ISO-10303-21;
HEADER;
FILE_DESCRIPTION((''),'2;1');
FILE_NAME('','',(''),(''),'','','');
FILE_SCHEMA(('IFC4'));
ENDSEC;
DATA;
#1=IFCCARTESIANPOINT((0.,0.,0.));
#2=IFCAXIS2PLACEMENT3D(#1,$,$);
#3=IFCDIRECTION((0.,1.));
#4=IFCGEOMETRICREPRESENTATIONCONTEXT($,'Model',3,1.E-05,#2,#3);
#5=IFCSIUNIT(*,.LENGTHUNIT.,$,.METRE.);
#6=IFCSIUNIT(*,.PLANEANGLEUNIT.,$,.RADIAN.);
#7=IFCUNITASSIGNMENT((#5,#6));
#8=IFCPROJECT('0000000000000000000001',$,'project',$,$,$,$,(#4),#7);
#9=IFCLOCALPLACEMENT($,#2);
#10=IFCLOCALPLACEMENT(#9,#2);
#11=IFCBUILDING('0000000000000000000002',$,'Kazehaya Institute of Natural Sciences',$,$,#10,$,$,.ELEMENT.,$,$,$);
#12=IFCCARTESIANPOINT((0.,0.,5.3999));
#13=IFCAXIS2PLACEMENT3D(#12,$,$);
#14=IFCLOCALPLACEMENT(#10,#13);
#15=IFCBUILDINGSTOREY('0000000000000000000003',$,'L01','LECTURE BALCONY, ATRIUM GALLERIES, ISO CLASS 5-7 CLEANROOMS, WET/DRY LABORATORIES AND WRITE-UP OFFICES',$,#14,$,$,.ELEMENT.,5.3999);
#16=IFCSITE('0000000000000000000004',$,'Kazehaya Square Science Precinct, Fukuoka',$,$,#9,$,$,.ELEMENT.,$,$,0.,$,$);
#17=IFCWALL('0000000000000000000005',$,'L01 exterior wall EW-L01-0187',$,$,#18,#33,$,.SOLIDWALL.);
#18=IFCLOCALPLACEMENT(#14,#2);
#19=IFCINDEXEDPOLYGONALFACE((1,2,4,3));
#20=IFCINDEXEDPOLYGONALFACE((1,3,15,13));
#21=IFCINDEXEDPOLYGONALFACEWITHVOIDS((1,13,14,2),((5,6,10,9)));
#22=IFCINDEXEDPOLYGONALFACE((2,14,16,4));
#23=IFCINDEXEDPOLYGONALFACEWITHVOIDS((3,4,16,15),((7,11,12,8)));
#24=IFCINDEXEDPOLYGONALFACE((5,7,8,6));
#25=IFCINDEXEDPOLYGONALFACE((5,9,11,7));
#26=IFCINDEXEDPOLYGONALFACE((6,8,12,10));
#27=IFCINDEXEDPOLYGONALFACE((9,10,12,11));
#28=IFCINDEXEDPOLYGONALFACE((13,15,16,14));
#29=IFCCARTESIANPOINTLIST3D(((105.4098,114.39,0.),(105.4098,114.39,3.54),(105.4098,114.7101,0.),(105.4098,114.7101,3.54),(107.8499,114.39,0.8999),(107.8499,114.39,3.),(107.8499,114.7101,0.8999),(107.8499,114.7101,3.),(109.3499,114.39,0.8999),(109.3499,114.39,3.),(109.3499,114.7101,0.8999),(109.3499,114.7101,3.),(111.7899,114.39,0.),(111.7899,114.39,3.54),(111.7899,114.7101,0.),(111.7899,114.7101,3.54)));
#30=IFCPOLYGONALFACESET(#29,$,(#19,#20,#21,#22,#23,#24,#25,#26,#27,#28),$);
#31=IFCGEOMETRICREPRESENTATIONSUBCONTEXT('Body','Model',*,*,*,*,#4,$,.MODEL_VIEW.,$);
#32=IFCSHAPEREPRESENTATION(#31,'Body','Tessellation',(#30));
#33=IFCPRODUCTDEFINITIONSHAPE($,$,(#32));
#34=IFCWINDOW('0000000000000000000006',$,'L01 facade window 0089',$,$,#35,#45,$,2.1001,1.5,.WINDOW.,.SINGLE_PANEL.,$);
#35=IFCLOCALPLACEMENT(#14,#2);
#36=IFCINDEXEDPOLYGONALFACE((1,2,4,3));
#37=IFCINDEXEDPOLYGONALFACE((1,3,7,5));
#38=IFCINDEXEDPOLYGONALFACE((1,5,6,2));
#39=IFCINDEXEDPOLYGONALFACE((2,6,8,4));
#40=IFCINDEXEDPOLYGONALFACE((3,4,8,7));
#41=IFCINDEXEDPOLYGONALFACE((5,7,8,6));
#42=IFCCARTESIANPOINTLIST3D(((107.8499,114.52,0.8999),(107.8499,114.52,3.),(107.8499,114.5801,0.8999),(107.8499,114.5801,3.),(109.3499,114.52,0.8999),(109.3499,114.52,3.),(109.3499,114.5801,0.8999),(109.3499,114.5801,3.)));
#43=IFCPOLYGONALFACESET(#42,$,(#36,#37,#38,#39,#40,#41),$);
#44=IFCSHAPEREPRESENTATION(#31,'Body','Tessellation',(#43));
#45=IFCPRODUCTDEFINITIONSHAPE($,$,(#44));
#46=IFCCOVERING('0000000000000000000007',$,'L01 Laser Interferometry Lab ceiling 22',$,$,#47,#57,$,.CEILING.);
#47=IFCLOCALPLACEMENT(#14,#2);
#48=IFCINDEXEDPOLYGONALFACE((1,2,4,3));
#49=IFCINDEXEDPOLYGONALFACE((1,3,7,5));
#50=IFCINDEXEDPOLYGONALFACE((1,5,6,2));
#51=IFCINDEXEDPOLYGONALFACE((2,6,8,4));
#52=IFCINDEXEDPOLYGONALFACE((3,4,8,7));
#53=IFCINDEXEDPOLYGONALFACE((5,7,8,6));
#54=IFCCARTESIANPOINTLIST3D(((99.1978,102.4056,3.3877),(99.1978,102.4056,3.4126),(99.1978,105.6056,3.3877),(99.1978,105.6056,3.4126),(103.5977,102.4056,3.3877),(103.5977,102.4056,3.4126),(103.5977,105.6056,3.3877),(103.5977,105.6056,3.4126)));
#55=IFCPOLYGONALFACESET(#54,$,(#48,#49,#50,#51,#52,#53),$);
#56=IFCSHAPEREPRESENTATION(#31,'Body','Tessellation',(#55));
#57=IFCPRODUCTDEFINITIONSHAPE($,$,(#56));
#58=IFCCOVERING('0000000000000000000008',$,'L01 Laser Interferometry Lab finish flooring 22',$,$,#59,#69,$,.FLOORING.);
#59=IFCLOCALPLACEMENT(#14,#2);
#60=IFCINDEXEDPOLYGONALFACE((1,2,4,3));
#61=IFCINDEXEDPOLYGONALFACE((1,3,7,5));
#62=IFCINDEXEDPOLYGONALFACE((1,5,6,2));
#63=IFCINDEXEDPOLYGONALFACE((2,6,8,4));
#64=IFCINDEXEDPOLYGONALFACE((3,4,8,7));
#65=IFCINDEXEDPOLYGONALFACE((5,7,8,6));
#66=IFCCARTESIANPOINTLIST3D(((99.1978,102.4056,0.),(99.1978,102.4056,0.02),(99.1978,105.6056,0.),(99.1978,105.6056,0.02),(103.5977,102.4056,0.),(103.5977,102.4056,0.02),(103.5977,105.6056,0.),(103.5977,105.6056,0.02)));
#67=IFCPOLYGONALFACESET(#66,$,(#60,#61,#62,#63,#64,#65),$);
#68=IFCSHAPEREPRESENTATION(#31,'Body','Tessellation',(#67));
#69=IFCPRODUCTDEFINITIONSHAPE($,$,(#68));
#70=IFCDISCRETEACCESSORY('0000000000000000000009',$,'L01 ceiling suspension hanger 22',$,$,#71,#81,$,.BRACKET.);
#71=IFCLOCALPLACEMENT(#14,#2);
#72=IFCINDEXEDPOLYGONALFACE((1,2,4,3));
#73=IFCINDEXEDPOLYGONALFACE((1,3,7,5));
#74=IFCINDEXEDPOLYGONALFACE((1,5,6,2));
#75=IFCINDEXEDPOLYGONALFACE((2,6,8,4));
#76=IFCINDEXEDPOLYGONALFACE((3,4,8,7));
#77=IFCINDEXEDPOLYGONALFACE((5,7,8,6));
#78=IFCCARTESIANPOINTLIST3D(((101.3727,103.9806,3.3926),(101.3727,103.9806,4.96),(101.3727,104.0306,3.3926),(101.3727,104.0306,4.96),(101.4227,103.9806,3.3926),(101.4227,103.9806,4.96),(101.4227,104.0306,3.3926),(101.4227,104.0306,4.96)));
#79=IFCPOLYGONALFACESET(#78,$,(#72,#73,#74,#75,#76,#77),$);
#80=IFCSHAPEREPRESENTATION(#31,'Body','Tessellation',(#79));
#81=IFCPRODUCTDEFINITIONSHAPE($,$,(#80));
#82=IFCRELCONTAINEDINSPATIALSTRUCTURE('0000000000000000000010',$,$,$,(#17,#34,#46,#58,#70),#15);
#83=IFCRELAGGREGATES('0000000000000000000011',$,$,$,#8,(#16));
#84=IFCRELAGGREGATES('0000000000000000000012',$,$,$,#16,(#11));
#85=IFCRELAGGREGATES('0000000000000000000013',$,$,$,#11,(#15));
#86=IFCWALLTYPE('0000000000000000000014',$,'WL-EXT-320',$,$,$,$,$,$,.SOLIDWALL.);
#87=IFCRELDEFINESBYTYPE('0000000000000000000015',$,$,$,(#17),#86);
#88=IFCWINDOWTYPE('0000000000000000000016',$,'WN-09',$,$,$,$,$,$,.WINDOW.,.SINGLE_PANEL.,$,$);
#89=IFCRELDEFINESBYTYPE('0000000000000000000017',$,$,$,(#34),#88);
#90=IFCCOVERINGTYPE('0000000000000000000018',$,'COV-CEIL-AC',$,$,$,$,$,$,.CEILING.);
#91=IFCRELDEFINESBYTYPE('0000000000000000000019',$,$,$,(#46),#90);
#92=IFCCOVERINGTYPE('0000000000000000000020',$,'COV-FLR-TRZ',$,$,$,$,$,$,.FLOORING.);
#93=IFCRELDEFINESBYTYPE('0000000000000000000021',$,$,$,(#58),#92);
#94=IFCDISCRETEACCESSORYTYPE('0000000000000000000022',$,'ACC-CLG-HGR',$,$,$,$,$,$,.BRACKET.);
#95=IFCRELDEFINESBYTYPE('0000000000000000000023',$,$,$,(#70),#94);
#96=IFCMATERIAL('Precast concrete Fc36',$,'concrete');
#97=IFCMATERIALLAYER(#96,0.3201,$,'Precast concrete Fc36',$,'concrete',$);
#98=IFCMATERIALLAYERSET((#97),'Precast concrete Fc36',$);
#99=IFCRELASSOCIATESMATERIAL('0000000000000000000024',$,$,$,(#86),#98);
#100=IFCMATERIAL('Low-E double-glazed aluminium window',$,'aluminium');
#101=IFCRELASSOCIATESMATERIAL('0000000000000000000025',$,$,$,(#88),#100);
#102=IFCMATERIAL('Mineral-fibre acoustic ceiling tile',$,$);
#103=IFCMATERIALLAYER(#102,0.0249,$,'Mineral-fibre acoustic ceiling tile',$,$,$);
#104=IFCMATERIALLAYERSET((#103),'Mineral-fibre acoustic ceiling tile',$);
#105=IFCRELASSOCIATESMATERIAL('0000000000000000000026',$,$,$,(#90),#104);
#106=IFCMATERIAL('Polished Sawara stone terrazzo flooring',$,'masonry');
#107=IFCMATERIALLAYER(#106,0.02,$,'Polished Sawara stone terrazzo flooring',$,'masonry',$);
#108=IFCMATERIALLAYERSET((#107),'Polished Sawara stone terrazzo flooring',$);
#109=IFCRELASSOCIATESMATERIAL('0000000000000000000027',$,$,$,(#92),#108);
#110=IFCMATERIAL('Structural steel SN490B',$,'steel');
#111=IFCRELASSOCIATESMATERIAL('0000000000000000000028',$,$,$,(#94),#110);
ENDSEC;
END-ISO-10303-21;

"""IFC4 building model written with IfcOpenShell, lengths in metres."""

from ifc_helpers import new_model, si_unit, direction, frame, frame_2d, origin, origin_2d, place, context, subcontext, project, spatial, rectangle, extrude, material, layer, layer_set, type_object, element, fill, save


model = new_model("IFC4")

# Units and contexts
model_context = context("Model", 3, precision=1e-05, world=origin(), true_north=direction((0.0, 1.0)))
body_context = subcontext(model_context, "Body", "Model", "MODEL_VIEW")
ifc_project = project(units=[si_unit("LENGTHUNIT", "METRE"), si_unit("PLANEANGLEUNIT", "RADIAN")], contexts=[model_context])

# Site, building, storey
site_placement = place(None, origin())
site = spatial("IfcSite", under=ifc_project, at=site_placement, Name="Kazehaya Square Science Precinct, Fukuoka", CompositionType="ELEMENT", RefElevation=0.0)
building_placement = place(site_placement, origin())
building = spatial("IfcBuilding", under=site, at=building_placement, Name="Kazehaya Institute of Natural Sciences", CompositionType="ELEMENT")
storey_placement = place(building_placement, frame((0.0, 0.0, 5.3999)))
storey = spatial("IfcBuildingStorey", under=building, at=storey_placement, Name="L01", Description="LECTURE BALCONY, ATRIUM GALLERIES, ISO CLASS 5-7 CLEANROOMS, WET/DRY LABORATORIES AND WRITE-UP OFFICES", CompositionType="ELEMENT", Elevation=5.3999)

# Wall, opening, window
ifc_material_1 = material(Name="Precast concrete Fc36", Category="concrete")
ifc_layer_1 = layer(ifc_material_1, 0.3201, Name="Precast concrete Fc36", Category="concrete")
ifc_layer_set_1 = layer_set([ifc_layer_1], Name="Precast concrete Fc36")
wall_type = type_object("IfcWallType", Name="WL-EXT-320", PredefinedType="SOLIDWALL", material=ifc_layer_set_1)
ifc_material_2 = material(Name="Low-E double-glazed aluminium window", Category="aluminium")
wall_1_placement = place(storey_placement, frame((105.4099, 114.55, 0.0), z_axis=(0.0, 0.0, 1.0), x_axis=(1.0, 0.0, 0.0)))
wall_1 = element("IfcWall", 1, at=wall_1_placement, inside=storey, type_object=wall_type, Name="L01 exterior wall EW-L01-0187", PredefinedType="SOLIDWALL", context=body_context, shape_type="SweptSolid", body=[
    extrude(rectangle(XDim=6.3801, YDim=0.3201, at=frame_2d((3.1899, 0.0))), origin(), (0.0, 0.0, 1.0), 3.54),
])
opening_1_placement = place(wall_1_placement, frame((2.4399, 0.0, 0.8999)))
opening_1 = element("IfcOpeningElement", 2, at=opening_1_placement, cuts=wall_1, PredefinedType="OPENING", context=body_context, shape_type="SweptSolid", body=[
    extrude(rectangle(XDim=1.5, YDim=2.1001, at=frame_2d((0.75, 1.05))), frame((0.0, 0.1699, 0.0), z_axis=(0.0, -1.0, 0.0), x_axis=(1.0, 0.0, 0.0)), (0.0, 0.0, 1.0), 0.3401),
])
window_type_1 = type_object("IfcWindowType", Name="WN-09", PartitioningType="SINGLE_PANEL", PredefinedType="WINDOW", material=ifc_material_2)
window_1_placement = place(opening_1_placement, origin())
window_1 = element("IfcWindow", 3, at=window_1_placement, inside=storey, type_object=window_type_1, Name="L01 facade window 0089", OverallHeight=2.1001, OverallWidth=1.5, PartitioningType="SINGLE_PANEL", PredefinedType="WINDOW", context=body_context, shape_type="SweptSolid", body=[
    extrude(rectangle(XDim=1.5, YDim=2.1001, at=frame_2d((0.75, 1.05))), frame((0.0, 0.03, 0.0), z_axis=(0.0, -1.0, 0.0), x_axis=(1.0, 0.0, 0.0)), (0.0, 0.0, 1.0), 0.0601),
])
fill(opening_1, window_1)

# Coverings
ifc_material_3 = material(Name="Mineral-fibre acoustic ceiling tile")
ifc_layer_2 = layer(ifc_material_3, 0.0249, Name="Mineral-fibre acoustic ceiling tile")
ifc_layer_set_2 = layer_set([ifc_layer_2], Name="Mineral-fibre acoustic ceiling tile")
covering_type_1 = type_object("IfcCoveringType", Name="COV-CEIL-AC", PredefinedType="CEILING", material=ifc_layer_set_2)
covering_1_placement = place(storey_placement, frame((101.3977, 104.0056, 3.3877), z_axis=(0.0, 0.0, 1.0), x_axis=(1.0, 0.0, 0.0)))
element("IfcCovering", 4, at=covering_1_placement, inside=storey, type_object=covering_type_1, Name="L01 Laser Interferometry Lab ceiling 22", PredefinedType="CEILING", context=body_context, shape_type="SweptSolid", body=[
    extrude(rectangle(XDim=4.3999, YDim=3.2, at=origin_2d()), origin(), (0.0, 0.0, 1.0), 0.0249),
])
ifc_material_4 = material(Name="Polished Sawara stone terrazzo flooring", Category="masonry")
ifc_layer_3 = layer(ifc_material_4, 0.02, Name="Polished Sawara stone terrazzo flooring", Category="masonry")
ifc_layer_set_3 = layer_set([ifc_layer_3], Name="Polished Sawara stone terrazzo flooring")
covering_type_2 = type_object("IfcCoveringType", Name="COV-FLR-TRZ", PredefinedType="FLOORING", material=ifc_layer_set_3)
covering_2_placement = place(storey_placement, frame((101.3977, 104.0056, 0.0), z_axis=(0.0, 0.0, 1.0), x_axis=(1.0, 0.0, 0.0)))
element("IfcCovering", 5, at=covering_2_placement, inside=storey, type_object=covering_type_2, Name="L01 Laser Interferometry Lab finish flooring 22", PredefinedType="FLOORING", context=body_context, shape_type="SweptSolid", body=[
    extrude(rectangle(XDim=4.3999, YDim=3.2, at=origin_2d()), origin(), (0.0, 0.0, 1.0), 0.02),
])

# Discrete accessory
ifc_material_5 = material(Name="Structural steel SN490B", Category="steel")
discrete_accessory_type = type_object("IfcDiscreteAccessoryType", Name="ACC-CLG-HGR", PredefinedType="BRACKET", material=ifc_material_5)
discrete_accessory_placement = place(storey_placement, frame((101.3977, 104.0056, 3.3926), z_axis=(0.0, 0.0, 1.0), x_axis=(1.0, 0.0, 0.0)))
element("IfcDiscreteAccessory", 6, at=discrete_accessory_placement, inside=storey, type_object=discrete_accessory_type, Name="L01 ceiling suspension hanger 22", PredefinedType="BRACKET", context=body_context, shape_type="SweptSolid", body=[
    extrude(rectangle(XDim=0.05, YDim=0.05, at=origin_2d()), origin(), (0.0, 0.0, 1.0), 1.5674),
])

save(model, "model.ifc")
